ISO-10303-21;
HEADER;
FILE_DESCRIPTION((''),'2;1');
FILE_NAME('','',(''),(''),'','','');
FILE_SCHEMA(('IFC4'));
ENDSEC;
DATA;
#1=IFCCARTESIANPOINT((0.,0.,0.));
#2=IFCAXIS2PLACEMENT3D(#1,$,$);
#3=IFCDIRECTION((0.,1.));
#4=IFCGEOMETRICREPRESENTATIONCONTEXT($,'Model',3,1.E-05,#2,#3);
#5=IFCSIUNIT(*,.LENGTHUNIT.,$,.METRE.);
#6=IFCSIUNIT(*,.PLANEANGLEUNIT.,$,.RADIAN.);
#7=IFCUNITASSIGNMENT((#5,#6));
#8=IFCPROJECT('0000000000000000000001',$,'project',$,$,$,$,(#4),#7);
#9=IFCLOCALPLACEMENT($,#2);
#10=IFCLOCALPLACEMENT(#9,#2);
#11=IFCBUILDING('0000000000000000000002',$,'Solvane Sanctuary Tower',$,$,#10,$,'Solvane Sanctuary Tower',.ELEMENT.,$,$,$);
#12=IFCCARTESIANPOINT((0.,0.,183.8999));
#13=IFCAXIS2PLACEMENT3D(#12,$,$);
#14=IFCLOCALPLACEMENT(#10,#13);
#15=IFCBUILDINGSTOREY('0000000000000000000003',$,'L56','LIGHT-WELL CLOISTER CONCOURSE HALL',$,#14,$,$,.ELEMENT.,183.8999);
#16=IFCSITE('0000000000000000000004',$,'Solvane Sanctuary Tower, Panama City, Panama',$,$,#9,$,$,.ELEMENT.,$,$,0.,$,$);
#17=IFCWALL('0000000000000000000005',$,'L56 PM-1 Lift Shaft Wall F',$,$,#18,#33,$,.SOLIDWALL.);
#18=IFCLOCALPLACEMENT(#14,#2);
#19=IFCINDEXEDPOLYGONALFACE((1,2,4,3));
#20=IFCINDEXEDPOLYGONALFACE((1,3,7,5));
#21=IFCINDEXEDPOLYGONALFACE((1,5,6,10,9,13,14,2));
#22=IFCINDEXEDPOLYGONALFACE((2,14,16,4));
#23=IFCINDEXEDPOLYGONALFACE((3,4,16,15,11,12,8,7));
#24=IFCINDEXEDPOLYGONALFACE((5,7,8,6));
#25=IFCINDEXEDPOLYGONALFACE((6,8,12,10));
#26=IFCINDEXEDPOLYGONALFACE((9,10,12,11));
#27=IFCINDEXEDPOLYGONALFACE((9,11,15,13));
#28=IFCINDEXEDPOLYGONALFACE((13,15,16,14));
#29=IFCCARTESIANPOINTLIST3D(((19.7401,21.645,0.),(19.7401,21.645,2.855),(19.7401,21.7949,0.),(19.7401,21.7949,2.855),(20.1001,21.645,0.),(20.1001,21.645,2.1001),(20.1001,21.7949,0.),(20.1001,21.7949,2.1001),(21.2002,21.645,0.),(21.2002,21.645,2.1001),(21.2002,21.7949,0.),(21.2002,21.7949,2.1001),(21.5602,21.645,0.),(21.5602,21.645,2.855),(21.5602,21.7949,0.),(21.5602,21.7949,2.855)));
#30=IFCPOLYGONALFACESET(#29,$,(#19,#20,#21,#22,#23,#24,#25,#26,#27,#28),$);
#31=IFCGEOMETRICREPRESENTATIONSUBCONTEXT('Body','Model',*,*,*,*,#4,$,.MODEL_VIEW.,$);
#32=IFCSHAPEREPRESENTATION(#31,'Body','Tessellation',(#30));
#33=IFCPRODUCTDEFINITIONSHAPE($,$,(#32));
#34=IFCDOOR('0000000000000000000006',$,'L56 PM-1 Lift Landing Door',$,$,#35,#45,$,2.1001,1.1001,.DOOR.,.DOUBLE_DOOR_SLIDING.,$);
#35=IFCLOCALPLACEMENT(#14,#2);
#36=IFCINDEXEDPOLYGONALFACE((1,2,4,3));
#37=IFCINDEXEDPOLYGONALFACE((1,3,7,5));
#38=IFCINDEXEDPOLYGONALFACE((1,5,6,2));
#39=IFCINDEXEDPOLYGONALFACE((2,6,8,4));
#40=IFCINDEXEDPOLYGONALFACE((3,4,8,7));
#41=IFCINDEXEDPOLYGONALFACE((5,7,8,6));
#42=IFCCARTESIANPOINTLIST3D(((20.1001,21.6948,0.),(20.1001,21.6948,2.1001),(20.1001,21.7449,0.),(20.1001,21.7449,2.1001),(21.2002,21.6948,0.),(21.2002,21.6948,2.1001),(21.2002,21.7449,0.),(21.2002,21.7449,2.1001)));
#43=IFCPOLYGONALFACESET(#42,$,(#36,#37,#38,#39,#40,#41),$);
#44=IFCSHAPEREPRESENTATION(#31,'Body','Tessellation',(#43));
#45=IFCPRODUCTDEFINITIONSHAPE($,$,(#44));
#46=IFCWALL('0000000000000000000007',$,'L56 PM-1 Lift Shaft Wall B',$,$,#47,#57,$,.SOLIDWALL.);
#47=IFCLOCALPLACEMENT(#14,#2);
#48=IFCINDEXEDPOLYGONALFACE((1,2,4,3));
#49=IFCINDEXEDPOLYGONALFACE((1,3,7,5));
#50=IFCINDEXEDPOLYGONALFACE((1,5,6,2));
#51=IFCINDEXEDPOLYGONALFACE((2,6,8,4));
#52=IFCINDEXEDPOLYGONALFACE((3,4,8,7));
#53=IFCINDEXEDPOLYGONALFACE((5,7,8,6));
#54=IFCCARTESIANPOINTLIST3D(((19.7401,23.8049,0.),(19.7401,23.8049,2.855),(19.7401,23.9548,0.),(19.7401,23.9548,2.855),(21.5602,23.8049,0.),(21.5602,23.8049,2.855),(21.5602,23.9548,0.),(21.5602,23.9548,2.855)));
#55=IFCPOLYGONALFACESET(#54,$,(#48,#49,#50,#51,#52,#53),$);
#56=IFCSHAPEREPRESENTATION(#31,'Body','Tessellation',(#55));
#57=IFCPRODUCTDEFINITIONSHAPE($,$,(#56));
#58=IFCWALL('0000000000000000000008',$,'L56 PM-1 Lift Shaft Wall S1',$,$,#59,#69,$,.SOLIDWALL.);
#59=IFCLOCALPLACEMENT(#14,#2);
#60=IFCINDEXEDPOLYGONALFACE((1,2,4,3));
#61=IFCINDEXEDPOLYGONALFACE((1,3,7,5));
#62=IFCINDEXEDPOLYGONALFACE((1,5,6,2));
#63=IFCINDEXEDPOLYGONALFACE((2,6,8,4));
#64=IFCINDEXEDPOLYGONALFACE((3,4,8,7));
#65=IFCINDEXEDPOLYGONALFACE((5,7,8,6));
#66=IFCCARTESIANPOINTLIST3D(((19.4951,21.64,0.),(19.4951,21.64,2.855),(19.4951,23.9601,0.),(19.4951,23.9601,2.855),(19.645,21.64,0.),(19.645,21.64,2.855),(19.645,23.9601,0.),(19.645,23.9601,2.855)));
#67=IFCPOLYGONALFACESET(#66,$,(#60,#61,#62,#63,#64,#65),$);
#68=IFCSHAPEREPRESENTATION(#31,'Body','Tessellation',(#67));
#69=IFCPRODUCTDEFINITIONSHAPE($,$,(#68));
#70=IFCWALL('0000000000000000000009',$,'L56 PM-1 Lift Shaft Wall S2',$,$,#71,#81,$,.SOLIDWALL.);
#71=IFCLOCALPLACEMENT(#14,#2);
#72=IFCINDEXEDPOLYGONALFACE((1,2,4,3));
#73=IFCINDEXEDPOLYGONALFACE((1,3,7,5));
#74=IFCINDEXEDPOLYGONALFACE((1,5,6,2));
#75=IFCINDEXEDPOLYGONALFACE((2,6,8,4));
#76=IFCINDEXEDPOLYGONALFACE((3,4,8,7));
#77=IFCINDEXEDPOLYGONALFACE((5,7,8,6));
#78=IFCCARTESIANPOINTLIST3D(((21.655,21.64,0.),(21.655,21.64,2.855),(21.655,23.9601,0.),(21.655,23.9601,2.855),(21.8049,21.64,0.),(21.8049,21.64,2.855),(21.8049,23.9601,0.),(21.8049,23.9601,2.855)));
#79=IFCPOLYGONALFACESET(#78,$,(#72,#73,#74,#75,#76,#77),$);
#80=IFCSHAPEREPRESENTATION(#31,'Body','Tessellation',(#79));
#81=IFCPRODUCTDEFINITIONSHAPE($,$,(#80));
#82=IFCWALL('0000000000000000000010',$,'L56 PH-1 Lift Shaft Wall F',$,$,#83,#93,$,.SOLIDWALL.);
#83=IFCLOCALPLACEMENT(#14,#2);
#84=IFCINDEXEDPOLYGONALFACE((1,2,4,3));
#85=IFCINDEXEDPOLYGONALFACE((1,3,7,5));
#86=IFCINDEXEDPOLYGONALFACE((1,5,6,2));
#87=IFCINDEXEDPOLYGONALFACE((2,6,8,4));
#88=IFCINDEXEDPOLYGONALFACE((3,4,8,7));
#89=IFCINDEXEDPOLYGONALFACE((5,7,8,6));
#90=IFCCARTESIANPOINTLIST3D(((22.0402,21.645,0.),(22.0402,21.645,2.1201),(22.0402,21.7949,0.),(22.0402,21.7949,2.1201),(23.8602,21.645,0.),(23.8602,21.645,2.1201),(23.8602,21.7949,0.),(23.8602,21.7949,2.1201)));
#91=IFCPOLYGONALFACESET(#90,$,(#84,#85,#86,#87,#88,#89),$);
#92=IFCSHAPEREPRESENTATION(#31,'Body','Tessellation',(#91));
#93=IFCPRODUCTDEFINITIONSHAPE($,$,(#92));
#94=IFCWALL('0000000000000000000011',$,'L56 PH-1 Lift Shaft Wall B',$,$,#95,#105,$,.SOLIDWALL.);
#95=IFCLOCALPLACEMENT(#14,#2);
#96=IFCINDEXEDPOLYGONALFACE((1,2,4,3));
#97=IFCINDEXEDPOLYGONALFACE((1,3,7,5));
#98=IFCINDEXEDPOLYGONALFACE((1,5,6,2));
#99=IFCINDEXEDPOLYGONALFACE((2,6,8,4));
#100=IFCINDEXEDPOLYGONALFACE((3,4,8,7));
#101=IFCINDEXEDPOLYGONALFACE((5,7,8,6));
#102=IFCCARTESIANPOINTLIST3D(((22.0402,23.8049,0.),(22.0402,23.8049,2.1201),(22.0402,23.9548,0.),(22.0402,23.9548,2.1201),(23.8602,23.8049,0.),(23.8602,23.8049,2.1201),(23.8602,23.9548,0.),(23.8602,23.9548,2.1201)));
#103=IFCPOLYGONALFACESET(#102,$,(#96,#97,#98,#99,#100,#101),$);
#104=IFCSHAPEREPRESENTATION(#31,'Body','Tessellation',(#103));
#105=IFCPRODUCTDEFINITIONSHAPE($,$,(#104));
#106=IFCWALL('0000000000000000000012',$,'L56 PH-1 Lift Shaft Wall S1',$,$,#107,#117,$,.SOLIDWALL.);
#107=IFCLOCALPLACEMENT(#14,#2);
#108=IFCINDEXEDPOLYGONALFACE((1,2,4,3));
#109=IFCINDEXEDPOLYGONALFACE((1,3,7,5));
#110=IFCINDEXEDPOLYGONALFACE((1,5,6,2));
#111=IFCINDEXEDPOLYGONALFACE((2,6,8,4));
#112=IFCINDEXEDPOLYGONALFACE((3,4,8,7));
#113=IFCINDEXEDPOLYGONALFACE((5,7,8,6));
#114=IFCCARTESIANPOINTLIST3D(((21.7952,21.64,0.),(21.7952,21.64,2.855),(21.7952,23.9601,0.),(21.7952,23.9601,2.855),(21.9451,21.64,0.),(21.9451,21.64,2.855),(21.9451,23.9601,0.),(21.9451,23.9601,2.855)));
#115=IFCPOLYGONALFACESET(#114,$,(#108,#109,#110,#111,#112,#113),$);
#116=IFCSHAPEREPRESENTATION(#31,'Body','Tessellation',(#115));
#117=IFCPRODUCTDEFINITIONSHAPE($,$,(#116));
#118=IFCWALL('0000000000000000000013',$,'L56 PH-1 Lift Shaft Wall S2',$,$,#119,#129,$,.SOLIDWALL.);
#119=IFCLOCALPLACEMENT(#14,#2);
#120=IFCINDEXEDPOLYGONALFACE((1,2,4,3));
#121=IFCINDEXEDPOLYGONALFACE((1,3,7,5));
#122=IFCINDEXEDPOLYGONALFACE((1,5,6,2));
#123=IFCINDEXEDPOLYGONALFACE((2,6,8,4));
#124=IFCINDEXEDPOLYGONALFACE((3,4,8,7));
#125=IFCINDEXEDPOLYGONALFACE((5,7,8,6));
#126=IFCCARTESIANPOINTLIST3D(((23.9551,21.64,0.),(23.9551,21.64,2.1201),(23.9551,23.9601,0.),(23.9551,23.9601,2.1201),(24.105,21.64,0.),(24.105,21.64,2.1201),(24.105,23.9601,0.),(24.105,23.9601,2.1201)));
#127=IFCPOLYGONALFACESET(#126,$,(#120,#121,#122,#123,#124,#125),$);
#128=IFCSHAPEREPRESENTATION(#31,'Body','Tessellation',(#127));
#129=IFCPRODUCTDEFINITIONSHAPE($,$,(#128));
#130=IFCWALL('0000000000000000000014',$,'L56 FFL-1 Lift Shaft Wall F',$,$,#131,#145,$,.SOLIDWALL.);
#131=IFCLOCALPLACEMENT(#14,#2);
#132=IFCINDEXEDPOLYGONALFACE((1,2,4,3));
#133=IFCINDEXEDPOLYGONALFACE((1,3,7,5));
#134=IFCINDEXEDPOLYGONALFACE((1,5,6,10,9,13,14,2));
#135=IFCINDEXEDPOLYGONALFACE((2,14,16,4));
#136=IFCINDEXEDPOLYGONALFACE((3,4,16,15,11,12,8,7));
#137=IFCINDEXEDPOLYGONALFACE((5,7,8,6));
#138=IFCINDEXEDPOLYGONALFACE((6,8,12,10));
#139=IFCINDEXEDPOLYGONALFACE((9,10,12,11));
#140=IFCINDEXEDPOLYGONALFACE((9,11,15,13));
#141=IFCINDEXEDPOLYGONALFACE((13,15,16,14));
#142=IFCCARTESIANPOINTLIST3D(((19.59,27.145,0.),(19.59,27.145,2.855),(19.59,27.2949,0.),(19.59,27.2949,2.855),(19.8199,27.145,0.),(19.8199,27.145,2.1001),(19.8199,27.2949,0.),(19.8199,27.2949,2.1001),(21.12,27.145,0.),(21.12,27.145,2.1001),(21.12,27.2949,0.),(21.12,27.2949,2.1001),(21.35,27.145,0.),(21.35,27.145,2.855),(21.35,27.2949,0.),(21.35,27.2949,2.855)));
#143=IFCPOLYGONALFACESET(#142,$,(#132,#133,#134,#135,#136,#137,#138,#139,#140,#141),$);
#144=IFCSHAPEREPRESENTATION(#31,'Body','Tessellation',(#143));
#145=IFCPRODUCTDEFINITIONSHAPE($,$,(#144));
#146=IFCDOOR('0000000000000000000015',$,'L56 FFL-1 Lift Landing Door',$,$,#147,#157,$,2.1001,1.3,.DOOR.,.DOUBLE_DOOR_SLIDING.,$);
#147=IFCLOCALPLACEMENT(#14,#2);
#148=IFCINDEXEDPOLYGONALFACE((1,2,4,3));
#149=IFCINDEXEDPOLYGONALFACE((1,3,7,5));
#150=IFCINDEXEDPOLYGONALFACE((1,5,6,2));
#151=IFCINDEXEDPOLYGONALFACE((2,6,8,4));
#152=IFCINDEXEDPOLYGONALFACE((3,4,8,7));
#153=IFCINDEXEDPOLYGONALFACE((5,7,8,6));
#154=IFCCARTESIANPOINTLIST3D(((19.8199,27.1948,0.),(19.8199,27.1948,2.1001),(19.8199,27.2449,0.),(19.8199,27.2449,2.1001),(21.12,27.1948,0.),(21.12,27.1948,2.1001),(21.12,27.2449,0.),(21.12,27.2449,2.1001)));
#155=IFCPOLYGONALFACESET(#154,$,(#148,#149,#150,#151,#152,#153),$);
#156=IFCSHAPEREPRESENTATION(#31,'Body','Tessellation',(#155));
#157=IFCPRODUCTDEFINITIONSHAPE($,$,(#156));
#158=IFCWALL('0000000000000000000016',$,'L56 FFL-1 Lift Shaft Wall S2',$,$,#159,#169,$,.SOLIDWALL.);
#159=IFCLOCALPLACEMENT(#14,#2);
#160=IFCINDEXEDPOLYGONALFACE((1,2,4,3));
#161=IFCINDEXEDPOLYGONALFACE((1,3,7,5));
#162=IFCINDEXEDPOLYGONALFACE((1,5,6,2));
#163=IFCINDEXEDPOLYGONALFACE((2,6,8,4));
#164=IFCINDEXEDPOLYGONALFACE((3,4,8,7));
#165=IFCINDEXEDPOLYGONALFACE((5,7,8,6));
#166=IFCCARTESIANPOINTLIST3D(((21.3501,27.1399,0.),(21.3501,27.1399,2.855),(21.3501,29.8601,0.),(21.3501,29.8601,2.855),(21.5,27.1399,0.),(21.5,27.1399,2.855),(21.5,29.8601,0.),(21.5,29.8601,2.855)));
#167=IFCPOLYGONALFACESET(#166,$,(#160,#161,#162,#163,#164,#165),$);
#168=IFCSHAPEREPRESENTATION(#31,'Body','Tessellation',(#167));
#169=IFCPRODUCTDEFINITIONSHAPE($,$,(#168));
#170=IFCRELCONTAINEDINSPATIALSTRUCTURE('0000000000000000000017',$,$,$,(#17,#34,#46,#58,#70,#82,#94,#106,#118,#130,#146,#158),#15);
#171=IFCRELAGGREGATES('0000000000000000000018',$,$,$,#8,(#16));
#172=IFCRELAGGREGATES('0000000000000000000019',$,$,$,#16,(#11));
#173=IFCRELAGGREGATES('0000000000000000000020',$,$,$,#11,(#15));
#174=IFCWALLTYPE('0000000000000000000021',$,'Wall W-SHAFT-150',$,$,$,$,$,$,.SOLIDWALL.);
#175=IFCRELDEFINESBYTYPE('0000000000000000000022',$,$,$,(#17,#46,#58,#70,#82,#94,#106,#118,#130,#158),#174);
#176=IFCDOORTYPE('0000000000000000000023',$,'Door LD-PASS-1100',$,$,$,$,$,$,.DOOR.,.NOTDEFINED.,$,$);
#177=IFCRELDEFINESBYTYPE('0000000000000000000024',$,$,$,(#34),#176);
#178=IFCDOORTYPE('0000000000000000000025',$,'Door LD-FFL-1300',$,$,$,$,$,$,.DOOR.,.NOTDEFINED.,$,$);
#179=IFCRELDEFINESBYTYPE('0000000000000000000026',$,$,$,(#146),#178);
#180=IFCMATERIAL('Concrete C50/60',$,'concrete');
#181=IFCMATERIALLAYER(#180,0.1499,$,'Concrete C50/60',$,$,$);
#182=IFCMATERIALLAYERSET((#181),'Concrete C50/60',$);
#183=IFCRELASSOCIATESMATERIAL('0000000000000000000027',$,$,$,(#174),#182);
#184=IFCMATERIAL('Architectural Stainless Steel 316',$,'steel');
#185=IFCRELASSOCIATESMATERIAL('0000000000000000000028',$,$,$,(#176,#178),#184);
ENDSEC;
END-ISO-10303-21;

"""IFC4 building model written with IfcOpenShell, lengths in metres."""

from ifc_helpers import new_model, si_unit, direction, frame, frame_2d, origin, place, context, subcontext, project, spatial, rectangle, extrude, material, layer, layer_set, type_object, element, fill, save


model = new_model("IFC4")

# Units and contexts
model_context = context("Model", 3, precision=1e-05, world=origin(), true_north=direction((0.0, 1.0)))
body_context = subcontext(model_context, "Body", "Model", "MODEL_VIEW")
ifc_project = project(units=[si_unit("LENGTHUNIT", "METRE"), si_unit("PLANEANGLEUNIT", "RADIAN")], contexts=[model_context])

# Site, building, storey
site_placement = place(None, origin())
site = spatial("IfcSite", under=ifc_project, at=site_placement, Name="Solvane Sanctuary Tower, Panama City, Panama", CompositionType="ELEMENT", RefElevation=0.0)
building_placement = place(site_placement, origin())
building = spatial("IfcBuilding", under=site, at=building_placement, Name="Solvane Sanctuary Tower", LongName="Solvane Sanctuary Tower", CompositionType="ELEMENT")
storey_placement = place(building_placement, frame((0.0, 0.0, 183.8999)))
storey = spatial("IfcBuildingStorey", under=building, at=storey_placement, Name="L56", Description="LIGHT-WELL CLOISTER CONCOURSE HALL", CompositionType="ELEMENT", Elevation=183.8999)

# Shared definitions
ifc_material_1 = material(Name="Architectural Stainless Steel 316", Category="steel")

# Wall, opening, door
ifc_material_2 = material(Name="Concrete C50/60", Category="concrete")
ifc_layer_1 = layer(ifc_material_2, 0.1499, Name="Concrete C50/60")
ifc_layer_set_1 = layer_set([ifc_layer_1], Name="Concrete C50/60")
wall_type_1 = type_object("IfcWallType", Name="Wall W-SHAFT-150", PredefinedType="SOLIDWALL", material=ifc_layer_set_1)
wall_1_placement = place(storey_placement, frame((19.74, 21.72, 0.0), z_axis=(0.0, 0.0, 1.0), x_axis=(1.0, 0.0, 0.0)))
wall_1 = element("IfcWall", 1, at=wall_1_placement, inside=storey, type_object=wall_type_1, Name="L56 PM-1 Lift Shaft Wall F", PredefinedType="SOLIDWALL", context=body_context, shape_type="SweptSolid", body=[
    extrude(rectangle(XDim=1.8201, YDim=0.1499, at=frame_2d((0.9102, 0.0))), origin(), (0.0, 0.0, 1.0), 2.855),
])
opening_1_placement = place(wall_1_placement, frame((0.3601, 0.0, 0.0)))
opening_1 = element("IfcOpeningElement", 2, at=opening_1_placement, cuts=wall_1, PredefinedType="OPENING", context=body_context, shape_type="SweptSolid", body=[
    extrude(rectangle(XDim=1.1001, YDim=2.1001, at=frame_2d((0.55, 1.05))), frame((0.0, 0.085, 0.0), z_axis=(0.0, -1.0, 0.0), x_axis=(1.0, 0.0, 0.0)), (0.0, 0.0, 1.0), 0.1699),
])
door_type_1 = type_object("IfcDoorType", Name="Door LD-PASS-1100", OperationType="NOTDEFINED", PredefinedType="DOOR", material=ifc_material_1)
door_1_placement = place(opening_1_placement, origin())
door_1 = element("IfcDoor", 3, at=door_1_placement, inside=storey, type_object=door_type_1, Name="L56 PM-1 Lift Landing Door", OperationType="DOUBLE_DOOR_SLIDING", OverallHeight=2.1001, OverallWidth=1.1001, PredefinedType="DOOR", context=body_context, shape_type="SweptSolid", body=[
    extrude(rectangle(XDim=1.1001, YDim=2.1001, at=frame_2d((0.55, 1.05))), frame((0.0, 0.0249, 0.0), z_axis=(0.0, -1.0, 0.0), x_axis=(1.0, 0.0, 0.0)), (0.0, 0.0, 1.0), 0.05),
])
fill(opening_1, door_1)

# Walls
wall_2_placement = place(storey_placement, frame((19.74, 23.8799, 0.0), z_axis=(0.0, 0.0, 1.0), x_axis=(1.0, 0.0, 0.0)))
element("IfcWall", 4, at=wall_2_placement, inside=storey, type_object=wall_type_1, Name="L56 PM-1 Lift Shaft Wall B", PredefinedType="SOLIDWALL", context=body_context, shape_type="SweptSolid", body=[
    extrude(rectangle(XDim=1.8201, YDim=0.1499, at=frame_2d((0.9102, 0.0))), origin(), (0.0, 0.0, 1.0), 2.855),
])
for number, where, z_axis, x_axis, name in (
    (5, (19.5701, 21.6399, 0.0), (0.0, 0.0, 1.0), (0.0, 1.0, 0.0), "L56 PM-1 Lift Shaft Wall S1"),
    (6, (21.73, 21.6399, 0.0), (0.0, 0.0, 1.0), (0.0, 1.0, 0.0), "L56 PM-1 Lift Shaft Wall S2"),
):
    element("IfcWall", number, at=place(storey_placement, frame(where, z_axis=z_axis, x_axis=x_axis)), inside=storey, type_object=wall_type_1, Name=name, PredefinedType="SOLIDWALL", context=body_context, shape_type="SweptSolid", body=[
        extrude(rectangle(XDim=2.3201, YDim=0.1499, at=frame_2d((1.1602, 0.0))), origin(), (0.0, 0.0, 1.0), 2.855),
    ])
for number, where, z_axis, x_axis, name in (
    (7, (22.04, 21.72, 0.0), (0.0, 0.0, 1.0), (1.0, 0.0, 0.0), "L56 PH-1 Lift Shaft Wall F"),
    (8, (22.04, 23.8799, 0.0), (0.0, 0.0, 1.0), (1.0, 0.0, 0.0), "L56 PH-1 Lift Shaft Wall B"),
):
    element("IfcWall", number, at=place(storey_placement, frame(where, z_axis=z_axis, x_axis=x_axis)), inside=storey, type_object=wall_type_1, Name=name, PredefinedType="SOLIDWALL", context=body_context, shape_type="SweptSolid", body=[
        extrude(rectangle(XDim=1.8201, YDim=0.1499, at=frame_2d((0.9102, 0.0))), origin(), (0.0, 0.0, 1.0), 2.1201),
    ])
wall_3_placement = place(storey_placement, frame((21.8701, 21.6399, 0.0), z_axis=(0.0, 0.0, 1.0), x_axis=(0.0, 1.0, 0.0)))
element("IfcWall", 9, at=wall_3_placement, inside=storey, type_object=wall_type_1, Name="L56 PH-1 Lift Shaft Wall S1", PredefinedType="SOLIDWALL", context=body_context, shape_type="SweptSolid", body=[
    extrude(rectangle(XDim=2.3201, YDim=0.1499, at=frame_2d((1.1602, 0.0))), origin(), (0.0, 0.0, 1.0), 2.855),
])
wall_4_placement = place(storey_placement, frame((24.03, 21.6399, 0.0), z_axis=(0.0, 0.0, 1.0), x_axis=(0.0, 1.0, 0.0)))
element("IfcWall", 10, at=wall_4_placement, inside=storey, type_object=wall_type_1, Name="L56 PH-1 Lift Shaft Wall S2", PredefinedType="SOLIDWALL", context=body_context, shape_type="SweptSolid", body=[
    extrude(rectangle(XDim=2.3201, YDim=0.1499, at=frame_2d((1.1602, 0.0))), origin(), (0.0, 0.0, 1.0), 2.1201),
])

# Wall, opening, door
wall_5_placement = place(storey_placement, frame((19.5901, 27.22, 0.0), z_axis=(0.0, 0.0, 1.0), x_axis=(1.0, 0.0, 0.0)))
wall_5 = element("IfcWall", 11, at=wall_5_placement, inside=storey, type_object=wall_type_1, Name="L56 FFL-1 Lift Shaft Wall F", PredefinedType="SOLIDWALL", context=body_context, shape_type="SweptSolid", body=[
    extrude(rectangle(XDim=1.76, YDim=0.1499, at=frame_2d((0.8799, 0.0))), origin(), (0.0, 0.0, 1.0), 2.855),
])
opening_2_placement = place(wall_5_placement, frame((0.23, 0.0, 0.0)))
opening_2 = element("IfcOpeningElement", 12, at=opening_2_placement, cuts=wall_5, PredefinedType="OPENING", context=body_context, shape_type="SweptSolid", body=[
    extrude(rectangle(XDim=1.3, YDim=2.1001, at=frame_2d((0.6499, 1.05))), frame((0.0, 0.085, 0.0), z_axis=(0.0, -1.0, 0.0), x_axis=(1.0, 0.0, 0.0)), (0.0, 0.0, 1.0), 0.1699),
])
door_type_2 = type_object("IfcDoorType", Name="Door LD-FFL-1300", OperationType="NOTDEFINED", PredefinedType="DOOR", material=ifc_material_1)
door_2_placement = place(opening_2_placement, origin())
door_2 = element("IfcDoor", 13, at=door_2_placement, inside=storey, type_object=door_type_2, Name="L56 FFL-1 Lift Landing Door", OperationType="DOUBLE_DOOR_SLIDING", OverallHeight=2.1001, OverallWidth=1.3, PredefinedType="DOOR", context=body_context, shape_type="SweptSolid", body=[
    extrude(rectangle(XDim=1.3, YDim=2.1001, at=frame_2d((0.6499, 1.05))), frame((0.0, 0.0249, 0.0), z_axis=(0.0, -1.0, 0.0), x_axis=(1.0, 0.0, 0.0)), (0.0, 0.0, 1.0), 0.05),
])
fill(opening_2, door_2)

# Wall
wall_6_placement = place(storey_placement, frame((21.425, 27.1399, 0.0), z_axis=(0.0, 0.0, 1.0), x_axis=(0.0, 1.0, 0.0)))
element("IfcWall", 14, at=wall_6_placement, inside=storey, type_object=wall_type_1, Name="L56 FFL-1 Lift Shaft Wall S2", PredefinedType="SOLIDWALL", context=body_context, shape_type="SweptSolid", body=[
    extrude(rectangle(XDim=2.7202, YDim=0.1499, at=frame_2d((1.3601, 0.0))), origin(), (0.0, 0.0, 1.0), 2.855),
])

save(model, "model.ifc")
